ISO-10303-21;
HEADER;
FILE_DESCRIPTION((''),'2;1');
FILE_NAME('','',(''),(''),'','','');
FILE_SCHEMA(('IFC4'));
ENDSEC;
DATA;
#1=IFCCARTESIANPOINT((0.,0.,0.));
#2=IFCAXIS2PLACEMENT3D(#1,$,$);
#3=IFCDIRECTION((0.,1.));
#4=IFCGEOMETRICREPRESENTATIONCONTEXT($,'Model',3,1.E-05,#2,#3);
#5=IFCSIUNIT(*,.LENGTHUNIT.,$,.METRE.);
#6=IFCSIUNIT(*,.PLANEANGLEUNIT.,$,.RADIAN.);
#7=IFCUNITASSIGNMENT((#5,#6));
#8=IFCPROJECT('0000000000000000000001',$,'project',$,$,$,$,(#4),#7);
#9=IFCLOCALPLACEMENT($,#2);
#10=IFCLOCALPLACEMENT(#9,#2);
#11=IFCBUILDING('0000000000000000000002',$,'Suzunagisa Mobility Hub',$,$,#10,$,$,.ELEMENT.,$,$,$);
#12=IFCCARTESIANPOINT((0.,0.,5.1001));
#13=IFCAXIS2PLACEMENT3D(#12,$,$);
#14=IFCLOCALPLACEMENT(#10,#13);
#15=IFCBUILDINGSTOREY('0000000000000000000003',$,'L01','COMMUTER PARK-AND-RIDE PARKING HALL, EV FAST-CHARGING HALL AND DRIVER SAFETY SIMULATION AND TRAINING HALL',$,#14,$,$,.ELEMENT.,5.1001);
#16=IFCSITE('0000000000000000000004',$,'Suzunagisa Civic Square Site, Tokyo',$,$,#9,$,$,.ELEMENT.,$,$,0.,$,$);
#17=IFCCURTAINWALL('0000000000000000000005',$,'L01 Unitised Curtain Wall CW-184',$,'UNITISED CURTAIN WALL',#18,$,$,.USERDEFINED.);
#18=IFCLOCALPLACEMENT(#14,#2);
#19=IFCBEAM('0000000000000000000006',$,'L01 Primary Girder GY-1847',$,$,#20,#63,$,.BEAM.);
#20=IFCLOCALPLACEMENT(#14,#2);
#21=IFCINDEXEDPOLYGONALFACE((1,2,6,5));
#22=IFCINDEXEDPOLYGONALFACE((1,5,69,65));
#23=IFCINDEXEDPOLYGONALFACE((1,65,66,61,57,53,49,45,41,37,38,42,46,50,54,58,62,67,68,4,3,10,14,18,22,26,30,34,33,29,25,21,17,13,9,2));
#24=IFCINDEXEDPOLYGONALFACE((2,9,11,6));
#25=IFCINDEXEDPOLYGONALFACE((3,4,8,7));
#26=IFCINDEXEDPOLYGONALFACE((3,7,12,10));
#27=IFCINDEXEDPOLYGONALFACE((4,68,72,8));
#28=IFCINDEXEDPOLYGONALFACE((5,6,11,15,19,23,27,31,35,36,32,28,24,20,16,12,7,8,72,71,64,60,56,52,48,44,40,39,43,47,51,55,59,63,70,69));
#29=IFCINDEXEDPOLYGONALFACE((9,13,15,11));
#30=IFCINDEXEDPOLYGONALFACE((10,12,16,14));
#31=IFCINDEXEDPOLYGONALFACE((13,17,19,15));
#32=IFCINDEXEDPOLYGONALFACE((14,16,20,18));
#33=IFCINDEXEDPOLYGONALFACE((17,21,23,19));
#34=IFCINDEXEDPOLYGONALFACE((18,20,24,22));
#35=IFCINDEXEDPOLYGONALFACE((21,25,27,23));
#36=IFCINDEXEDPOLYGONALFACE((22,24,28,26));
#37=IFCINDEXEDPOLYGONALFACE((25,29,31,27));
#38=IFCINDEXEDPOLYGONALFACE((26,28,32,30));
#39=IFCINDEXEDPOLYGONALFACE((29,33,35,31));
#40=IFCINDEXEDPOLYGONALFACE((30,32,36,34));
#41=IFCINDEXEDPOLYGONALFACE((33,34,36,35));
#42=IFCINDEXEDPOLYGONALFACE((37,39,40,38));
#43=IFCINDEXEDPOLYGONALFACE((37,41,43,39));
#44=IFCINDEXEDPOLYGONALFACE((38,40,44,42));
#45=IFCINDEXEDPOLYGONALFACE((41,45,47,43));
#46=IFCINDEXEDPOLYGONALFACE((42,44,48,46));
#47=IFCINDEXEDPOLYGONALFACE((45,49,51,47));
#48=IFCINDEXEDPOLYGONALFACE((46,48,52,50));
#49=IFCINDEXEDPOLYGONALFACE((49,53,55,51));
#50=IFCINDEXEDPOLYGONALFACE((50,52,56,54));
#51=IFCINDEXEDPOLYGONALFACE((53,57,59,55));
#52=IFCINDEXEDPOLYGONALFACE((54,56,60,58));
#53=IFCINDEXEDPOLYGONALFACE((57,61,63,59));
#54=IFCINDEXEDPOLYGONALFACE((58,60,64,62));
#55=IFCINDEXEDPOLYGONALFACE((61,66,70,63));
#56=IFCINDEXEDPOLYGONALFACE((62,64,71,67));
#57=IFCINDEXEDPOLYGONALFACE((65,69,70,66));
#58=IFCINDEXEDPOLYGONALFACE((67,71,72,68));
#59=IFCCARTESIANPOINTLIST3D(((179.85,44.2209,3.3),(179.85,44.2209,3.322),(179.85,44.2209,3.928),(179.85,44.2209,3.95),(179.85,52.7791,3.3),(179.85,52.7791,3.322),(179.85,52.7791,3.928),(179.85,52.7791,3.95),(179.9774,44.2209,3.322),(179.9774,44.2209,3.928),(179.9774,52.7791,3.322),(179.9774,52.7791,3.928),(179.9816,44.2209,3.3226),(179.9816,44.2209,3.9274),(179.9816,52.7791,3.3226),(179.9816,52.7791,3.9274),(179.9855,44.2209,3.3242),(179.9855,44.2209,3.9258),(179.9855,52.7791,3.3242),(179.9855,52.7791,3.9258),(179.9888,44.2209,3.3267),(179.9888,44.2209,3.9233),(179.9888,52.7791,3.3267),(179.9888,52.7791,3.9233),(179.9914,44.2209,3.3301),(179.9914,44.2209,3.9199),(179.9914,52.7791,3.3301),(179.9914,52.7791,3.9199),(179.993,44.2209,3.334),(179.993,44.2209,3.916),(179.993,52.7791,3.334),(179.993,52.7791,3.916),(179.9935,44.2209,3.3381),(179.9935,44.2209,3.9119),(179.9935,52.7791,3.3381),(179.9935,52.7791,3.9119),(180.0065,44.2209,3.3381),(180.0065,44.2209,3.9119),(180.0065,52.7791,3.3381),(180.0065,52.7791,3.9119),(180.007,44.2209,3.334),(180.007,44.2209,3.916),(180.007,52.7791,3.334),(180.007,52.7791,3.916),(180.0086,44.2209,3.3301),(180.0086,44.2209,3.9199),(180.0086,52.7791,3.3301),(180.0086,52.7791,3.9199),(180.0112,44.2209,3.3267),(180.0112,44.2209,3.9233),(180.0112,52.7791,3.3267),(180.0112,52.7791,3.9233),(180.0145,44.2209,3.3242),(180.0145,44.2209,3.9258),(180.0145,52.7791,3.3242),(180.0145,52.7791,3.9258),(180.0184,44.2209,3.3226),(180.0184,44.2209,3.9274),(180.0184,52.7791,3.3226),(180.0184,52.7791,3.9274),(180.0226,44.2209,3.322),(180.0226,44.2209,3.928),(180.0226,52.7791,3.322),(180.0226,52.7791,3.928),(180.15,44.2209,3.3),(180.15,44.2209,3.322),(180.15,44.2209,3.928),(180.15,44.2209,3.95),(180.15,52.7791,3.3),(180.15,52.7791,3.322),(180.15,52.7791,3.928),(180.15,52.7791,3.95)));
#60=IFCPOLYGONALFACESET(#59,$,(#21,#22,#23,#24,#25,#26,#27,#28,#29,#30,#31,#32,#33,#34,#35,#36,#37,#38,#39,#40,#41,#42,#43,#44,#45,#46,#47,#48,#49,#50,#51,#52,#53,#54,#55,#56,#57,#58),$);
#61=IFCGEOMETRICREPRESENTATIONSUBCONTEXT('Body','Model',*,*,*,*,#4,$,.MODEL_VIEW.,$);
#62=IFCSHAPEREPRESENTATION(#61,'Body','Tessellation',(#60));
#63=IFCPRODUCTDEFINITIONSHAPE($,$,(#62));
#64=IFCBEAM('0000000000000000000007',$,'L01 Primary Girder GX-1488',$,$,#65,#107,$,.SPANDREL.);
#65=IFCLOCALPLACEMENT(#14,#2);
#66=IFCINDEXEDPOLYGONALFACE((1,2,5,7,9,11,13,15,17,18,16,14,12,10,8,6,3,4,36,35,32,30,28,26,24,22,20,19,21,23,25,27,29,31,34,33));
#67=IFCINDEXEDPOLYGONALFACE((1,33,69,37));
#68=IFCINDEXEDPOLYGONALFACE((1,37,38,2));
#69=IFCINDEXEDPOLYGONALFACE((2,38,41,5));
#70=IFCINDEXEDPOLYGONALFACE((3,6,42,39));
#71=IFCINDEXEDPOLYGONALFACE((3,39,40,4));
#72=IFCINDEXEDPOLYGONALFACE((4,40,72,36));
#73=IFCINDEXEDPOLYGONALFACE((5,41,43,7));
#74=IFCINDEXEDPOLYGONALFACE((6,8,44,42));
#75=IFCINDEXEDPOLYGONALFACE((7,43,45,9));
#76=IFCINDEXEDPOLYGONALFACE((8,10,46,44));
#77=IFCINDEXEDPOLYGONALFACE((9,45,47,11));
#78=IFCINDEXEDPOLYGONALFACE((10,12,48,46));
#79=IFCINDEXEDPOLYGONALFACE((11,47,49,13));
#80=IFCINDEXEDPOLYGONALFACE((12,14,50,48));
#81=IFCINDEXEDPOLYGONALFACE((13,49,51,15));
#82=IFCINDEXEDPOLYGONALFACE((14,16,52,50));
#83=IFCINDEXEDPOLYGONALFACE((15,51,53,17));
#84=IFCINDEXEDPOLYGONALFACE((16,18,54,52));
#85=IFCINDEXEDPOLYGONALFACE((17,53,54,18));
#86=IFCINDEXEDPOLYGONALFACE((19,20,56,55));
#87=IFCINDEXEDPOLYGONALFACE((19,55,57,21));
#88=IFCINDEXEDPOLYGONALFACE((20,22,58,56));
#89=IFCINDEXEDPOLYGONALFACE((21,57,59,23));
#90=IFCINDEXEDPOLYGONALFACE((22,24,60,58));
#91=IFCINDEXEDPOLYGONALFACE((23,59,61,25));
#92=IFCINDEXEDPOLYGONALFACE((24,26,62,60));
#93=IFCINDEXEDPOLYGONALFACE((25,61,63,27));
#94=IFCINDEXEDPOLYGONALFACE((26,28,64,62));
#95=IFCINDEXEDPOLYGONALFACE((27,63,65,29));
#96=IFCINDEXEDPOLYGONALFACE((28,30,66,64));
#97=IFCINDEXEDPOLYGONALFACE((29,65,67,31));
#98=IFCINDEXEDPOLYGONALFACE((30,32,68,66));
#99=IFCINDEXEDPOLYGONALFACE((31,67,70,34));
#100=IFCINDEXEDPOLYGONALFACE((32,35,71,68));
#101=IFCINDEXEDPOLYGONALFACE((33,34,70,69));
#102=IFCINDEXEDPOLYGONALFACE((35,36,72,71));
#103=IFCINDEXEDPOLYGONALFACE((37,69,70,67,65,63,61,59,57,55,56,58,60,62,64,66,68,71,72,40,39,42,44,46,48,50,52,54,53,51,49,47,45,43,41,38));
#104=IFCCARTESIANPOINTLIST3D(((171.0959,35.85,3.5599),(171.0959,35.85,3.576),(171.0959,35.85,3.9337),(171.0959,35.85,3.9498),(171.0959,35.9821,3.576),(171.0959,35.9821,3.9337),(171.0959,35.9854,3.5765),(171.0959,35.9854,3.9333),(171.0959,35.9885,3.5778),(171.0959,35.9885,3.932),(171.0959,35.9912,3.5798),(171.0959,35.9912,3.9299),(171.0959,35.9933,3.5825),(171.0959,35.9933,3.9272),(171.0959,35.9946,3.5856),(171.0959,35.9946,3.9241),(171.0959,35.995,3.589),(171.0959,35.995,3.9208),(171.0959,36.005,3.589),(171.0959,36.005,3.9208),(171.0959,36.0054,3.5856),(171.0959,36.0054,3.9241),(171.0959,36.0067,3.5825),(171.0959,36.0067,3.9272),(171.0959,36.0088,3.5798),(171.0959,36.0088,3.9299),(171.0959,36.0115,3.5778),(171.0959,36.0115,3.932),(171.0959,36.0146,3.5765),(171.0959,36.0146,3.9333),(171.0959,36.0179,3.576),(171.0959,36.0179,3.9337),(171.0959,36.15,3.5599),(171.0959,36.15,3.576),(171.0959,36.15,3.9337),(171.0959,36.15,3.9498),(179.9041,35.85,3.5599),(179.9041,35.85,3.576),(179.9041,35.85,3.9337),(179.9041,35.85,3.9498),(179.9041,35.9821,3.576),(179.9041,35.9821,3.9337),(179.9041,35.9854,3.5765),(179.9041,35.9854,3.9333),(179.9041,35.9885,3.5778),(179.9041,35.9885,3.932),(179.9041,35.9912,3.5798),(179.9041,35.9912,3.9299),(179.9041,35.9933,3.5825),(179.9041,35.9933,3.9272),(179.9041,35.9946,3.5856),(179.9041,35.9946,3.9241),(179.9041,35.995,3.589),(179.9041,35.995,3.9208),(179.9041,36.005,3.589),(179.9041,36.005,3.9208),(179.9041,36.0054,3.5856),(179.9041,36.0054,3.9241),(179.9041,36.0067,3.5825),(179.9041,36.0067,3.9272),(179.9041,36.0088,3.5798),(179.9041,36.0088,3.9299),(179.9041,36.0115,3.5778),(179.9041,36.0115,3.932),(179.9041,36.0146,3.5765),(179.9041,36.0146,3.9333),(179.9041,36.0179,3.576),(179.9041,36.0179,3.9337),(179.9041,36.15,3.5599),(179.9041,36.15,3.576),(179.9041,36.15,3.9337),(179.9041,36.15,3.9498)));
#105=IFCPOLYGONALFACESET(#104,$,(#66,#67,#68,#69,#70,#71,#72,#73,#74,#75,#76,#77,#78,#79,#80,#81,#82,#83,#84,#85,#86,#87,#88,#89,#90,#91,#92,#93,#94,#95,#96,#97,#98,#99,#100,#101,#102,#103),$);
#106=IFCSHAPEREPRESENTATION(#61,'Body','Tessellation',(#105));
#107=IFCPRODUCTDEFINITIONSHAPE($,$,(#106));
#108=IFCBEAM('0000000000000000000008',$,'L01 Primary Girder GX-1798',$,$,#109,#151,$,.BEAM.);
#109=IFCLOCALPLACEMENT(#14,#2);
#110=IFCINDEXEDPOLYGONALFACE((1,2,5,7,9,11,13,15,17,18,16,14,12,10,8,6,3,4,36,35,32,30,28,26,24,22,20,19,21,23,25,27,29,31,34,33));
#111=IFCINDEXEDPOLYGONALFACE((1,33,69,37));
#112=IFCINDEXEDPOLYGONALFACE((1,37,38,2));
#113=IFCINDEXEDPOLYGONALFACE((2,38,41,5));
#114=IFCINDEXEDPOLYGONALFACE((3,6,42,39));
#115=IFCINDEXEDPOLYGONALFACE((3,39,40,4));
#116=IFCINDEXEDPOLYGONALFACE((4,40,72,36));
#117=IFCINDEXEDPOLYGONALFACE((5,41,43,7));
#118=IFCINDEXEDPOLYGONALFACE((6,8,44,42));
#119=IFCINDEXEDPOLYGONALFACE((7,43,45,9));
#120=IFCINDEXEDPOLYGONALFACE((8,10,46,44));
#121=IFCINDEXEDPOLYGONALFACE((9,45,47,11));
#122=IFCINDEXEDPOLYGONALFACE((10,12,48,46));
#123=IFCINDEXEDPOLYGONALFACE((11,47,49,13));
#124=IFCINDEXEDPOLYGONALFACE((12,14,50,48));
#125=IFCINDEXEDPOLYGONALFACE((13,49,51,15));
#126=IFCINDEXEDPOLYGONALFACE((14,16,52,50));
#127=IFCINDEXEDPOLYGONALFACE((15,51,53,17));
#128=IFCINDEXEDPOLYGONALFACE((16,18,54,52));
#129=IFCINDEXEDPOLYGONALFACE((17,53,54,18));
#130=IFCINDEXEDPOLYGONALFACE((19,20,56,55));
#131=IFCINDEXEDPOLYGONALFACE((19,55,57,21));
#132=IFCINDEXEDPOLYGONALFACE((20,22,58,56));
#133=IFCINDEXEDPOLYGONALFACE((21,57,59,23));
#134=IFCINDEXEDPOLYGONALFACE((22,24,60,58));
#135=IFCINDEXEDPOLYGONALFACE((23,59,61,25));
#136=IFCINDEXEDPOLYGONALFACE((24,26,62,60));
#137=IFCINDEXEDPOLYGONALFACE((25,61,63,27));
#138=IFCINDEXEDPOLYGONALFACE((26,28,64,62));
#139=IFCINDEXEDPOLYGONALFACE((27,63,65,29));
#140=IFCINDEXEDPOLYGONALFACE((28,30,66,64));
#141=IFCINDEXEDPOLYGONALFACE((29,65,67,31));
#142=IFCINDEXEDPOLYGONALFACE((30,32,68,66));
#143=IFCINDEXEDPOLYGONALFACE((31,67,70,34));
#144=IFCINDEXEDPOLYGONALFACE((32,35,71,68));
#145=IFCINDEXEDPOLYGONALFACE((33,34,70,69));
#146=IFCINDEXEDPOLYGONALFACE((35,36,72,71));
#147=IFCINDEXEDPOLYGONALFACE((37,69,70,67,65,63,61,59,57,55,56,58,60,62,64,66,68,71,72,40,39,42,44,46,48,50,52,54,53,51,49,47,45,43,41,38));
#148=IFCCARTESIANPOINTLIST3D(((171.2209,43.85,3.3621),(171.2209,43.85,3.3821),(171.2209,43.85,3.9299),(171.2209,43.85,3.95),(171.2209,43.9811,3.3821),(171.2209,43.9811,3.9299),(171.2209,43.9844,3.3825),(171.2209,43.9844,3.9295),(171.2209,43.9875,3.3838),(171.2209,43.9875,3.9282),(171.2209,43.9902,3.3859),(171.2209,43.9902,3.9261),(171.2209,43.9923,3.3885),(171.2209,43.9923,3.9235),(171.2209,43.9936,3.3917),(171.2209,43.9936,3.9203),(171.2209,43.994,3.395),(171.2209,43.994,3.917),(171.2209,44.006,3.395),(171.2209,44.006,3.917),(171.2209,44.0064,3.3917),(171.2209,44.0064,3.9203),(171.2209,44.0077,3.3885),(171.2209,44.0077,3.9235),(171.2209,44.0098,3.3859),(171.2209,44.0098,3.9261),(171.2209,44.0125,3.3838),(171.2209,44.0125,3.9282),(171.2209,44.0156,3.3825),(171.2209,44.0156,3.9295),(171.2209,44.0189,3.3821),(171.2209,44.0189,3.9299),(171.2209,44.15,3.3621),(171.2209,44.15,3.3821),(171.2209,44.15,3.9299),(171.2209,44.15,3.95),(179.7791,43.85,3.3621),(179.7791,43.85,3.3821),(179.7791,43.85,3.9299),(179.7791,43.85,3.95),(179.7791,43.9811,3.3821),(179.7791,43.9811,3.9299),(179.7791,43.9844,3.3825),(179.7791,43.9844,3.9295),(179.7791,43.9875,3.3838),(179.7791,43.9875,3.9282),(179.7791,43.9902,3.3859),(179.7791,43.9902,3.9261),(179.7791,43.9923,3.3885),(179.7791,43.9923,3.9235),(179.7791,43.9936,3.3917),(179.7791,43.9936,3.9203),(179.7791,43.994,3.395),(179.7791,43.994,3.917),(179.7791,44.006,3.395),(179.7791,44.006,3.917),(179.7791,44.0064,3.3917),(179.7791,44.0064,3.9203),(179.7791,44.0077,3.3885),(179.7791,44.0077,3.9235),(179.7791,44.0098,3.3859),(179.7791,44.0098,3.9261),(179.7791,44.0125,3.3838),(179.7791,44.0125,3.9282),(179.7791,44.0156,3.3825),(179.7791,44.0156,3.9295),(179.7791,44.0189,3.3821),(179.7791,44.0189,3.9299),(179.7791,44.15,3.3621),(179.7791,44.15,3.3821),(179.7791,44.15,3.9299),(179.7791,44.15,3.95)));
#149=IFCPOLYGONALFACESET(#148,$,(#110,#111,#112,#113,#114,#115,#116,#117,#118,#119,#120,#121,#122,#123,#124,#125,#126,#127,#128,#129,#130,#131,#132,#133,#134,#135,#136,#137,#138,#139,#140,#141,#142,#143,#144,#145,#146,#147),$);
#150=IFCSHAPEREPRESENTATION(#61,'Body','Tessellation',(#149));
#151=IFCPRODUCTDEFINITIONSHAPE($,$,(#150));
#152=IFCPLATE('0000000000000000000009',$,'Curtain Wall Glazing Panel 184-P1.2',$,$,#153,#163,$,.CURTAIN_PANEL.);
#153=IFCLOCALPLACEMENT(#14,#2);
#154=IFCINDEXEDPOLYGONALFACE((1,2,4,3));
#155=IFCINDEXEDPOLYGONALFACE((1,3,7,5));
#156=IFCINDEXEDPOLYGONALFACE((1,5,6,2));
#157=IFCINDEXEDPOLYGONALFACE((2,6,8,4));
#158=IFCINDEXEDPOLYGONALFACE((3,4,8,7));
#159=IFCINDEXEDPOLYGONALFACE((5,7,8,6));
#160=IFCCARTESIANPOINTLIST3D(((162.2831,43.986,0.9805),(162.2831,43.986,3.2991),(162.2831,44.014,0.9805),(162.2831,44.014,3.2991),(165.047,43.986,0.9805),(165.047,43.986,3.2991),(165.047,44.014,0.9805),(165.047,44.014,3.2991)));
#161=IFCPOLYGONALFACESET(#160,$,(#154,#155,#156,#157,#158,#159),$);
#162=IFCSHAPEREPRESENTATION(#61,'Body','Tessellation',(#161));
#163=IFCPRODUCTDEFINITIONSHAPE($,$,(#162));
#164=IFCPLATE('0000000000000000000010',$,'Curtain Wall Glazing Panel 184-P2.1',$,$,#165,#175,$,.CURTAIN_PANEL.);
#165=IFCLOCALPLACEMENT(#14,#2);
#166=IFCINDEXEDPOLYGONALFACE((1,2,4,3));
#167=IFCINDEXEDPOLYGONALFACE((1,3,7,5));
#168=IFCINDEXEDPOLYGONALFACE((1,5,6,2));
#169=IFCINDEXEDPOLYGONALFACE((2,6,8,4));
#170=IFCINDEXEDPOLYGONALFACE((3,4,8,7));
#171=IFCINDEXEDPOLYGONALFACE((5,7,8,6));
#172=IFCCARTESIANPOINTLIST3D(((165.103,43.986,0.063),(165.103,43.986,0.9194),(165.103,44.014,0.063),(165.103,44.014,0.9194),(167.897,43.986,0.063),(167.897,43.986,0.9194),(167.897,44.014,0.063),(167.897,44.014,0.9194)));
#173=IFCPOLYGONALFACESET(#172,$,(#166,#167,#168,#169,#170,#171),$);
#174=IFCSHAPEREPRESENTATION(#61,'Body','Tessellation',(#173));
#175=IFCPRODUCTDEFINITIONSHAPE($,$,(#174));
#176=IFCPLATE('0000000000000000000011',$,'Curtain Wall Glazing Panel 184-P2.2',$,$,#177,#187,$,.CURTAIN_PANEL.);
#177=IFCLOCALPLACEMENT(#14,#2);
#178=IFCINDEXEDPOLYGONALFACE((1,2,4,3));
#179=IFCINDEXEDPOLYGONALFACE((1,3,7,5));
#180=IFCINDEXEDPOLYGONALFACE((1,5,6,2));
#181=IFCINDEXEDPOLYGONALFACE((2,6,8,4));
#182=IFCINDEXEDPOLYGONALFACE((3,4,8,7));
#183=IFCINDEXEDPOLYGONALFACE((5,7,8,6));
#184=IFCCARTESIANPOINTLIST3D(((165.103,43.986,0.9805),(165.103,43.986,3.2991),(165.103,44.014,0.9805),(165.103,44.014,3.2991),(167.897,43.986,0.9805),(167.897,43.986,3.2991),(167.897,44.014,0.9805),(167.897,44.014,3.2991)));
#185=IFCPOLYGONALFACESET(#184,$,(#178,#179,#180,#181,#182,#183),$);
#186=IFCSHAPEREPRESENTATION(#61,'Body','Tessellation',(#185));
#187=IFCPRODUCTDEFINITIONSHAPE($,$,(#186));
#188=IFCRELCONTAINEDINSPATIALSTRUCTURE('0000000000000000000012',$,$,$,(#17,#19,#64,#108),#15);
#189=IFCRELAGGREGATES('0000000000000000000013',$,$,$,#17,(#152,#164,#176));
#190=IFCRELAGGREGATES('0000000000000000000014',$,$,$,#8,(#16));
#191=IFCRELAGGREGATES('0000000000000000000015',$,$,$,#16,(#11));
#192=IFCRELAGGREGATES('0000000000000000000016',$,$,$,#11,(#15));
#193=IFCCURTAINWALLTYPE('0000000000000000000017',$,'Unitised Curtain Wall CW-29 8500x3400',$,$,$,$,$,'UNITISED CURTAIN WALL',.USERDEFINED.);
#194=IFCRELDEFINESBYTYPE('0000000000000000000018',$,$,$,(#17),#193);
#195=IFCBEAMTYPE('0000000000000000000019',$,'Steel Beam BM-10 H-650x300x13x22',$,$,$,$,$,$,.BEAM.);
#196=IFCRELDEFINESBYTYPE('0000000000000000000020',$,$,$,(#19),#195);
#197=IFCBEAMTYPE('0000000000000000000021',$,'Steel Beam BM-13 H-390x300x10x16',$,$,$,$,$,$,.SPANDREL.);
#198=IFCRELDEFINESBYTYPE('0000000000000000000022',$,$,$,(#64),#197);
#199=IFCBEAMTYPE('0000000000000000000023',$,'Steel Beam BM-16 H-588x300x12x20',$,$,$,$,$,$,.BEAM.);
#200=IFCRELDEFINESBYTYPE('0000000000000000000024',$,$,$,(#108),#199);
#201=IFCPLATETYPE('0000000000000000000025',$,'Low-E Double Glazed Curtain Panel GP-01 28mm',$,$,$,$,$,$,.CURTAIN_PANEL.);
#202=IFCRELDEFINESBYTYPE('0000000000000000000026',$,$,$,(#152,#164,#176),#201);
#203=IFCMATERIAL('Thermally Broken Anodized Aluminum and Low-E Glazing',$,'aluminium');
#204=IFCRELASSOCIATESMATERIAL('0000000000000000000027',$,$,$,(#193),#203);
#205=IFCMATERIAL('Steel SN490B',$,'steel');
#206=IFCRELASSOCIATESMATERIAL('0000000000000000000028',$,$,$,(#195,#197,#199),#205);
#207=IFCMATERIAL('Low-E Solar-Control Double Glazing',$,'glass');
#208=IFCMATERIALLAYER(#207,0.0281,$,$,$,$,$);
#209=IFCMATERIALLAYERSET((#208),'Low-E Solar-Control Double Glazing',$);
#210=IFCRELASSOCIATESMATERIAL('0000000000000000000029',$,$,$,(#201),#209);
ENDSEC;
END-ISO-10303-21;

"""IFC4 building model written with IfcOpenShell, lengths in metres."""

from ifc_helpers import new_model, si_unit, direction, frame, origin, origin_2d, place, context, subcontext, project, spatial, rectangle, i_section, extrude, material, layer, layer_set, material_profile, profile_set, type_object, element, aggregate, save


model = new_model("IFC4")

# Units and contexts
model_context = context("Model", 3, precision=1e-05, world=origin(), true_north=direction((0.0, 1.0)))
body_context = subcontext(model_context, "Body", "Model", "MODEL_VIEW")
ifc_project = project(units=[si_unit("LENGTHUNIT", "METRE"), si_unit("PLANEANGLEUNIT", "RADIAN")], contexts=[model_context])

# Site, building, storey
site_placement = place(None, origin())
site = spatial("IfcSite", under=ifc_project, at=site_placement, Name="Suzunagisa Civic Square Site, Tokyo", CompositionType="ELEMENT", RefElevation=0.0)
building_placement = place(site_placement, origin())
building = spatial("IfcBuilding", under=site, at=building_placement, Name="Suzunagisa Mobility Hub", CompositionType="ELEMENT")
storey_placement = place(building_placement, frame((0.0, 0.0, 5.1001)))
storey = spatial("IfcBuildingStorey", under=building, at=storey_placement, Name="L01", Description="COMMUTER PARK-AND-RIDE PARKING HALL, EV FAST-CHARGING HALL AND DRIVER SAFETY SIMULATION AND TRAINING HALL", CompositionType="ELEMENT", Elevation=5.1001)

# Shared definitions
ifc_material_1 = material(Name="Steel SN490B", Category="steel")

# Curtain wall
ifc_material_2 = material(Name="Thermally Broken Anodized Aluminum and Low-E Glazing", Category="aluminium")
curtain_wall_type = type_object("IfcCurtainWallType", Name="Unitised Curtain Wall CW-29 8500x3400", ElementType="UNITISED CURTAIN WALL", PredefinedType="USERDEFINED", material=ifc_material_2)
curtain_wall_placement = place(storey_placement, origin())
curtain_wall = element("IfcCurtainWall", 1, at=curtain_wall_placement, inside=storey, type_object=curtain_wall_type, Name="L01 Unitised Curtain Wall CW-184", ObjectType="UNITISED CURTAIN WALL", PredefinedType="USERDEFINED")

# Beams
ifc_material_profile_1 = material_profile(ifc_material_1, i_section(OverallWidth=0.3, OverallDepth=0.6499, WebThickness=0.0129, FlangeThickness=0.022, FilletRadius=0.0161, at=origin_2d()), Name="H-650x300x13x22")
ifc_profile_set_1 = profile_set([ifc_material_profile_1], Name="Steel SN490B")
beam_type_1 = type_object("IfcBeamType", Name="Steel Beam BM-10 H-650x300x13x22", PredefinedType="BEAM", material=ifc_profile_set_1)
for number, where, z_axis, x_axis, name in (
    (2, (180.0, 44.2209, 3.625), (0.0, 1.0, 0.0), (-1.0, 0.0, 0.0), "L01 Primary Girder GY-1847"),
):
    element("IfcBeam", number, at=place(storey_placement, frame(where, z_axis=z_axis, x_axis=x_axis)), inside=storey, type_object=beam_type_1, Name=name, PredefinedType="BEAM", context=body_context, shape_type="SweptSolid", body=[
        extrude(i_section(OverallWidth=0.3, OverallDepth=0.6499, WebThickness=0.0129, FlangeThickness=0.022, FilletRadius=0.0161, at=origin_2d()), origin(), (0.0, 0.0, 1.0), 8.5581),
    ])
ifc_material_profile_2 = material_profile(ifc_material_1, i_section(OverallWidth=0.3, OverallDepth=0.3899, WebThickness=0.01, FlangeThickness=0.0161, FilletRadius=0.0129, at=origin_2d()), Name="H-390x300x10x16")
ifc_profile_set_2 = profile_set([ifc_material_profile_2], Name="Steel SN490B")
beam_type_2 = type_object("IfcBeamType", Name="Steel Beam BM-13 H-390x300x10x16", PredefinedType="SPANDREL", material=ifc_profile_set_2)
beam_1_placement = place(storey_placement, frame((171.0959, 36.0, 3.7549), z_axis=(1.0, 0.0, 0.0), x_axis=(0.0, 1.0, 0.0)))
element("IfcBeam", 3, at=beam_1_placement, inside=storey, type_object=beam_type_2, Name="L01 Primary Girder GX-1488", PredefinedType="SPANDREL", context=body_context, shape_type="SweptSolid", body=[
    extrude(i_section(OverallWidth=0.3, OverallDepth=0.3899, WebThickness=0.01, FlangeThickness=0.0161, FilletRadius=0.0129, at=origin_2d()), origin(), (0.0, 0.0, 1.0), 8.8081),
])
ifc_material_profile_3 = material_profile(ifc_material_1, i_section(OverallWidth=0.3, OverallDepth=0.5879, WebThickness=0.012, FlangeThickness=0.02, FilletRadius=0.0129, at=origin_2d()), Name="H-588x300x12x20")
ifc_profile_set_3 = profile_set([ifc_material_profile_3], Name="Steel SN490B")
beam_type_3 = type_object("IfcBeamType", Name="Steel Beam BM-16 H-588x300x12x20", PredefinedType="BEAM", material=ifc_profile_set_3)
beam_2_placement = place(storey_placement, frame((171.2209, 44.0, 3.656), z_axis=(1.0, 0.0, 0.0), x_axis=(0.0, 1.0, 0.0)))
element("IfcBeam", 4, at=beam_2_placement, inside=storey, type_object=beam_type_3, Name="L01 Primary Girder GX-1798", PredefinedType="BEAM", context=body_context, shape_type="SweptSolid", body=[
    extrude(i_section(OverallWidth=0.3, OverallDepth=0.5879, WebThickness=0.012, FlangeThickness=0.02, FilletRadius=0.0129, at=origin_2d()), origin(), (0.0, 0.0, 1.0), 8.5581),
])

# Plates
ifc_material_3 = material(Name="Low-E Solar-Control Double Glazing", Category="glass")
ifc_layer_1 = layer(ifc_material_3, 0.0281)
ifc_layer_set_1 = layer_set([ifc_layer_1], Name="Low-E Solar-Control Double Glazing")
plate_type = type_object("IfcPlateType", Name="Low-E Double Glazed Curtain Panel GP-01 28mm", PredefinedType="CURTAIN_PANEL", material=ifc_layer_set_1)
plate_1_placement = place(storey_placement, frame((163.665, 44.0, 0.9805), z_axis=(0.0, 0.0, 1.0), x_axis=(1.0, 0.0, 0.0)))
plate_1 = element("IfcPlate", 5, at=plate_1_placement, type_object=plate_type, Name="Curtain Wall Glazing Panel 184-P1.2", PredefinedType="CURTAIN_PANEL", context=body_context, shape_type="SweptSolid", body=[
    extrude(rectangle(XDim=2.7639, YDim=0.0281, at=origin_2d()), origin(), (0.0, 0.0, 1.0), 2.3186),
])
plate_2_placement = place(storey_placement, frame((166.5, 44.0, 0.063), z_axis=(0.0, 0.0, 1.0), x_axis=(1.0, 0.0, 0.0)))
plate_2 = element("IfcPlate", 6, at=plate_2_placement, type_object=plate_type, Name="Curtain Wall Glazing Panel 184-P2.1", PredefinedType="CURTAIN_PANEL", context=body_context, shape_type="SweptSolid", body=[
    extrude(rectangle(XDim=2.7939, YDim=0.0281, at=origin_2d()), origin(), (0.0, 0.0, 1.0), 0.8564),
])
plate_3_placement = place(storey_placement, frame((166.5, 44.0, 0.9805), z_axis=(0.0, 0.0, 1.0), x_axis=(1.0, 0.0, 0.0)))
plate_3 = element("IfcPlate", 7, at=plate_3_placement, type_object=plate_type, Name="Curtain Wall Glazing Panel 184-P2.2", PredefinedType="CURTAIN_PANEL", context=body_context, shape_type="SweptSolid", body=[
    extrude(rectangle(XDim=2.7939, YDim=0.0281, at=origin_2d()), origin(), (0.0, 0.0, 1.0), 2.3186),
])
aggregate(curtain_wall, [plate_1, plate_2, plate_3])

save(model, "model.ifc")
